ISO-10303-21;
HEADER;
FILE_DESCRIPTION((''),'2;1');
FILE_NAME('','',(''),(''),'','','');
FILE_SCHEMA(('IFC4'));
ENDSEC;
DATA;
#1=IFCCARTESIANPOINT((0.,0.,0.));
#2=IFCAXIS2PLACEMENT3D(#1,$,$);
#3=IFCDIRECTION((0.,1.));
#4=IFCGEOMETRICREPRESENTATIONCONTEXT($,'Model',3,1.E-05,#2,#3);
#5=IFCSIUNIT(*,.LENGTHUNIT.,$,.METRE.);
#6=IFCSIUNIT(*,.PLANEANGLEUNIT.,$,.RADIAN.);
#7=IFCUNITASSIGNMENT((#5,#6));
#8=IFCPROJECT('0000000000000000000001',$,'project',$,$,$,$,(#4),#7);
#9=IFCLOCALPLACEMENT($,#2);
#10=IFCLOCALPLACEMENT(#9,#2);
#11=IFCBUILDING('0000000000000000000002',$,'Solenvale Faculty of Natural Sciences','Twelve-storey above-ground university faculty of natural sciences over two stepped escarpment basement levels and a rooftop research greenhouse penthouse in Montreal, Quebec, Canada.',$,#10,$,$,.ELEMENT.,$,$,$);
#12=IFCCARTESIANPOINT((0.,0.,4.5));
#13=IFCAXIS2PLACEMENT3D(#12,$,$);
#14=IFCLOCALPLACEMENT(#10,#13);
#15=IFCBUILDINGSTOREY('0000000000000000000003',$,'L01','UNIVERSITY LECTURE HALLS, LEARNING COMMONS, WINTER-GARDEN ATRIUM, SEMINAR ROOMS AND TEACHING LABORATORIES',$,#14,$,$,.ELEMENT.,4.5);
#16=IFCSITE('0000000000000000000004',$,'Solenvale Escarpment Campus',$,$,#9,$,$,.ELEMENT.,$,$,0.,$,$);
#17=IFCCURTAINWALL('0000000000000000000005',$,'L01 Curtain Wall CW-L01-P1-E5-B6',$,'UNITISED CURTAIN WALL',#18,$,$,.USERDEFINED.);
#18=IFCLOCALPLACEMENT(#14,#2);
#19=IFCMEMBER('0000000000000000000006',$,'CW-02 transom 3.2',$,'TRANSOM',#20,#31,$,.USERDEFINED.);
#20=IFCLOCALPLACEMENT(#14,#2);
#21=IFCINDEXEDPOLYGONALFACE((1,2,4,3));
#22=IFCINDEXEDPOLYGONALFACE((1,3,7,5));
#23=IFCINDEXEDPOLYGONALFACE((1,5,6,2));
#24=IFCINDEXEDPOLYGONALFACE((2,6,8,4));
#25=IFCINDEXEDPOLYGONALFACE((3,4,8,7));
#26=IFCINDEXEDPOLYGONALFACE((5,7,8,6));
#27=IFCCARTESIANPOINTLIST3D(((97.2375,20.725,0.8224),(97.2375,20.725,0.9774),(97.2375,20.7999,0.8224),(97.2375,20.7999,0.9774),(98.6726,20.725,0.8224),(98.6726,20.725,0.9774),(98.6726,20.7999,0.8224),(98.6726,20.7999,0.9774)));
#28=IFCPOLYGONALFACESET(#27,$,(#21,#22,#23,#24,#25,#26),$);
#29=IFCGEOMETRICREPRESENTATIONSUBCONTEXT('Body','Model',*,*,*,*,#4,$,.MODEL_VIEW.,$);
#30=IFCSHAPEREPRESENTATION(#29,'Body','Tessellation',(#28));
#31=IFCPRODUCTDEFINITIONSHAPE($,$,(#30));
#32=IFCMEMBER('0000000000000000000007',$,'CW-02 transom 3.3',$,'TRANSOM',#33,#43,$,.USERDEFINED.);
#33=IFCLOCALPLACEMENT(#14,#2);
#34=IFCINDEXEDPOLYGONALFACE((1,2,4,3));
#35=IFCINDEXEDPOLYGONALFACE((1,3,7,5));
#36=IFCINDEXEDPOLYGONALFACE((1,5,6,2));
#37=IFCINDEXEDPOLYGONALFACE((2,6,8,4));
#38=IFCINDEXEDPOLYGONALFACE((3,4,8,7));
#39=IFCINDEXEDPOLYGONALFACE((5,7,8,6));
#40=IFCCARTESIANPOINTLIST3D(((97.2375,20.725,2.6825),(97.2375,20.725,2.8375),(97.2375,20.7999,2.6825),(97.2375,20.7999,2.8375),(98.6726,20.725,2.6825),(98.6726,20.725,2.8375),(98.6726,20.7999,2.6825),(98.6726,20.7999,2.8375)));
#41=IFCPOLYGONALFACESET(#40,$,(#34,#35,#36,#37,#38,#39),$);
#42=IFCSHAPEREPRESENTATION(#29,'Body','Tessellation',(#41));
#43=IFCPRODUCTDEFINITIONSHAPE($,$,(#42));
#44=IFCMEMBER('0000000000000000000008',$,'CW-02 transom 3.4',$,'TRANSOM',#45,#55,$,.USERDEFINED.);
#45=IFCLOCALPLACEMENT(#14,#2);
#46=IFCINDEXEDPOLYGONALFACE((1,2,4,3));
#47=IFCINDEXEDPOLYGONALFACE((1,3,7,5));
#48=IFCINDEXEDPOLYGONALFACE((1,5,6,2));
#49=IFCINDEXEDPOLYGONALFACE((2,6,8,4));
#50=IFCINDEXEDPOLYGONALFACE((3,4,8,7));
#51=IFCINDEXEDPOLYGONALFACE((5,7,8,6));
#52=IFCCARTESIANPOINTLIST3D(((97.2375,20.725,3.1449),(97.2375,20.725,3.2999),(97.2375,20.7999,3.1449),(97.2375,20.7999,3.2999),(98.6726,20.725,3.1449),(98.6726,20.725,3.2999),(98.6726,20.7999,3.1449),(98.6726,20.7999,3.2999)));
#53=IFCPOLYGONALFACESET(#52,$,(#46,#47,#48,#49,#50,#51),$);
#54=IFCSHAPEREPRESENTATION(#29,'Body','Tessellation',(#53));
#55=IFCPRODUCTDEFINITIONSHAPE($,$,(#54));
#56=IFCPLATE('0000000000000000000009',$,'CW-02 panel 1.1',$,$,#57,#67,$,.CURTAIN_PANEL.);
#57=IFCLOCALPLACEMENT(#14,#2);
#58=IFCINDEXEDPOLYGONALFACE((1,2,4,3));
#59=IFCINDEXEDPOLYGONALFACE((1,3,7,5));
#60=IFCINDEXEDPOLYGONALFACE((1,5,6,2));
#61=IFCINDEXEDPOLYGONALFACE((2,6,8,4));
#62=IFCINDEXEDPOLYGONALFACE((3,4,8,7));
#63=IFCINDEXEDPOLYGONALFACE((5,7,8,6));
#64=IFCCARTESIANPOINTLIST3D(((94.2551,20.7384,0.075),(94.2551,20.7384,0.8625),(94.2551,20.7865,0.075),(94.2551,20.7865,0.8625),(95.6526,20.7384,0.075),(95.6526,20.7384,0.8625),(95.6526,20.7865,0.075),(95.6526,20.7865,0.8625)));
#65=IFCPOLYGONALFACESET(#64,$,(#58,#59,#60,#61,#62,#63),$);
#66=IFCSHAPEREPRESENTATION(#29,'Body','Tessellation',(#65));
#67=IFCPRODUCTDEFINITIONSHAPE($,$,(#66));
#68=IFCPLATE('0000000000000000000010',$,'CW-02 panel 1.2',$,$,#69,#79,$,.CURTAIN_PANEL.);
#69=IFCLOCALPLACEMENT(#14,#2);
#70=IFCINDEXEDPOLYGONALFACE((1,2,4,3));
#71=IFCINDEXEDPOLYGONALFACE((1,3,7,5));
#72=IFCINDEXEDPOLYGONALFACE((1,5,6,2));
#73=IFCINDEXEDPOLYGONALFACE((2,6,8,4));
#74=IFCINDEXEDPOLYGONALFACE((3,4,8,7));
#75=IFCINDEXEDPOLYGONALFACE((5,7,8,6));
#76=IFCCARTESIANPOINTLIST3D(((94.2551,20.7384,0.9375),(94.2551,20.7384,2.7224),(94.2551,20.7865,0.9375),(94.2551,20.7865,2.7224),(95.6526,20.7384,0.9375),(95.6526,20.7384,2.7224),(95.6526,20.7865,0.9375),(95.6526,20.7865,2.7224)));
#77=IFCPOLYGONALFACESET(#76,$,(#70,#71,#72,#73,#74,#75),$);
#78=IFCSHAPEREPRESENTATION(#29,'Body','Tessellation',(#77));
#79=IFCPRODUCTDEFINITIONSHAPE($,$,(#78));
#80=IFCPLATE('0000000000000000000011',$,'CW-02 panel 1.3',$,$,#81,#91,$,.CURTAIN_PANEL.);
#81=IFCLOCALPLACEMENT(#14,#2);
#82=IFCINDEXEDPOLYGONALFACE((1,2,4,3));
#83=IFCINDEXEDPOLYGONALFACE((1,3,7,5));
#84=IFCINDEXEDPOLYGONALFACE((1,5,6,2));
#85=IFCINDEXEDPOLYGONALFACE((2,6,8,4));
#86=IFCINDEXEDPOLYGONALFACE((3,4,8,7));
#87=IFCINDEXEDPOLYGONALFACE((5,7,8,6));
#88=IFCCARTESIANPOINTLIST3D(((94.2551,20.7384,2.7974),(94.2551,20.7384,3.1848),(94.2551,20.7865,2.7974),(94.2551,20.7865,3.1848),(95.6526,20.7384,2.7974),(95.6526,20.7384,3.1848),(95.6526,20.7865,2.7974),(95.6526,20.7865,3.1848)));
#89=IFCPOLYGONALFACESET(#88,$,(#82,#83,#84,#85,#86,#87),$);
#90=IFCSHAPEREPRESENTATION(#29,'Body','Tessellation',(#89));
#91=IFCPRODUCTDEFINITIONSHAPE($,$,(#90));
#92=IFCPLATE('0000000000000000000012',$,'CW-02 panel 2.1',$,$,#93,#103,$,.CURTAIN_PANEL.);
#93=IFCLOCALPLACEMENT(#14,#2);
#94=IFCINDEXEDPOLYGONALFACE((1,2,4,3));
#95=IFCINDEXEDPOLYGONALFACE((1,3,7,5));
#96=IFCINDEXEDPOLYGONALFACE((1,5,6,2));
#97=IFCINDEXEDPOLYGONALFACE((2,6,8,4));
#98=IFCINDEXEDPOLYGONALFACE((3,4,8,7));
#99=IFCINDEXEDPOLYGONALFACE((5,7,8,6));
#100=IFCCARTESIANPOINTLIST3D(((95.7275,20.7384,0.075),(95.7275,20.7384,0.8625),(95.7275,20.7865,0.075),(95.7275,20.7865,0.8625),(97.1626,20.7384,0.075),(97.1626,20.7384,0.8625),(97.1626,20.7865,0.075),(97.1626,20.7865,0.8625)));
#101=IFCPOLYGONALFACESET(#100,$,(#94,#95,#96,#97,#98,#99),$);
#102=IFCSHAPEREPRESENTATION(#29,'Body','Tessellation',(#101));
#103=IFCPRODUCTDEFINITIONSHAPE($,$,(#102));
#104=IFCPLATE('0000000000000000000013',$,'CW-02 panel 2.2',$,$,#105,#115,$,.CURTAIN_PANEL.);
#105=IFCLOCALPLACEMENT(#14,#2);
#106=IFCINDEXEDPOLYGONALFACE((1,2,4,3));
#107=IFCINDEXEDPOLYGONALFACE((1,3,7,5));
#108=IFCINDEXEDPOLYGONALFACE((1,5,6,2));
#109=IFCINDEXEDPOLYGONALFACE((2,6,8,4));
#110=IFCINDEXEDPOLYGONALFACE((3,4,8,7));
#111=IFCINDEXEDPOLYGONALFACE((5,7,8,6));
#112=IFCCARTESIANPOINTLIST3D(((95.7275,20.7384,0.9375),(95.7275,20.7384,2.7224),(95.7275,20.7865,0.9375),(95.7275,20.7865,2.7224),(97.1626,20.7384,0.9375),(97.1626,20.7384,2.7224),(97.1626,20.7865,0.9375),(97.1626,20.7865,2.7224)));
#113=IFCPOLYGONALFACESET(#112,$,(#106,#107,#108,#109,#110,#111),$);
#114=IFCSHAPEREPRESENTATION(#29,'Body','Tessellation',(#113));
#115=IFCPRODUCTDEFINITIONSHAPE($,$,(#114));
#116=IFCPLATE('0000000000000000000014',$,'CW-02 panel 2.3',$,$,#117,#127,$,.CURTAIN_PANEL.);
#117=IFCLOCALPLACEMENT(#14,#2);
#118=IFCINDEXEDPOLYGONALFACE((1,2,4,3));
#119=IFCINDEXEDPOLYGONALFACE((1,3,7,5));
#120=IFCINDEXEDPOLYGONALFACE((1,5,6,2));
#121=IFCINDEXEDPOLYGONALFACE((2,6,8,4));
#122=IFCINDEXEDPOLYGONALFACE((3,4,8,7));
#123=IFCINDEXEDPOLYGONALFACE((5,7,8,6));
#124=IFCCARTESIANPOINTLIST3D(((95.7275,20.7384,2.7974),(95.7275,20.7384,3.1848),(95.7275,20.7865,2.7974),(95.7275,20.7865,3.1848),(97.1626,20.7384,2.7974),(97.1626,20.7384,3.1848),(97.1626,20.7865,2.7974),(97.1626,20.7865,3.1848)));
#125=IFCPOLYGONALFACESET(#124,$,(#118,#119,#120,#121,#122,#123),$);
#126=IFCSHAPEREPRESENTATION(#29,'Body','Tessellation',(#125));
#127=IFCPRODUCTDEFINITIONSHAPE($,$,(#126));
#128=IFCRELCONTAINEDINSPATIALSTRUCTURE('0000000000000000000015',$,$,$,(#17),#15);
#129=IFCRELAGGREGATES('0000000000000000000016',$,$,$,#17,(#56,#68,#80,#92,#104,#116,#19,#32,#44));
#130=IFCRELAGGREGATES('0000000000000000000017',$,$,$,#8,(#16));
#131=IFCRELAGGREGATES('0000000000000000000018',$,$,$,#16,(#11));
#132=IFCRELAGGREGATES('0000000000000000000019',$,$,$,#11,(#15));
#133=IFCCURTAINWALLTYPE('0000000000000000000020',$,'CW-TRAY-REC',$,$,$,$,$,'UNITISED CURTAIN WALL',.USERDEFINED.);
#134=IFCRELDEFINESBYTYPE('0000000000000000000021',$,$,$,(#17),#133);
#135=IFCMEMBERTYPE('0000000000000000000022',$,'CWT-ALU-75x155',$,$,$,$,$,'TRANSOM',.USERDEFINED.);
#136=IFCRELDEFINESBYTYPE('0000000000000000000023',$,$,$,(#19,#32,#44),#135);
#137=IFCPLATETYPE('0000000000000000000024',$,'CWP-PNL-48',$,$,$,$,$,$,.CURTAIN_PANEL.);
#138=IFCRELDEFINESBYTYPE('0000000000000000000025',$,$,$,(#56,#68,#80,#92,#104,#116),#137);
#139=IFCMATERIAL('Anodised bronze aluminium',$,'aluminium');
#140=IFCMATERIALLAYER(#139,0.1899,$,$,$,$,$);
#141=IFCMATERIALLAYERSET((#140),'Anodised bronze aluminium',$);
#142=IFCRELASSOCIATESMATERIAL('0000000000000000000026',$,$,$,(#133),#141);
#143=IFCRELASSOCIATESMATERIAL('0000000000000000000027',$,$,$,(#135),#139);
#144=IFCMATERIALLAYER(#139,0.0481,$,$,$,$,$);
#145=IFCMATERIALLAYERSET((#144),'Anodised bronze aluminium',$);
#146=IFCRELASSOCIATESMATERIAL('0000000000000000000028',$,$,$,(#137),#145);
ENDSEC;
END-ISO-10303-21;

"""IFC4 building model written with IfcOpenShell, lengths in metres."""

from ifc_helpers import new_model, si_unit, direction, frame, origin, origin_2d, place, context, subcontext, project, spatial, rectangle, extrude, material, layer, layer_set, material_profile, profile_set, type_object, element, aggregate, save


model = new_model("IFC4")

# Units and contexts
model_context = context("Model", 3, precision=1e-05, world=origin(), true_north=direction((0.0, 1.0)))
body_context = subcontext(model_context, "Body", "Model", "MODEL_VIEW")
ifc_project = project(units=[si_unit("LENGTHUNIT", "METRE"), si_unit("PLANEANGLEUNIT", "RADIAN")], contexts=[model_context])

# Site, building, storey
site_placement = place(None, origin())
site = spatial("IfcSite", under=ifc_project, at=site_placement, Name="Solenvale Escarpment Campus", CompositionType="ELEMENT", RefElevation=0.0)
building_placement = place(site_placement, origin())
building = spatial("IfcBuilding", under=site, at=building_placement, Name="Solenvale Faculty of Natural Sciences", Description="Twelve-storey above-ground university faculty of natural sciences over two stepped escarpment basement levels and a rooftop research greenhouse penthouse in Montreal, Quebec, Canada.", CompositionType="ELEMENT")
storey_placement = place(building_placement, frame((0.0, 0.0, 4.5)))
storey = spatial("IfcBuildingStorey", under=building, at=storey_placement, Name="L01", Description="UNIVERSITY LECTURE HALLS, LEARNING COMMONS, WINTER-GARDEN ATRIUM, SEMINAR ROOMS AND TEACHING LABORATORIES", CompositionType="ELEMENT", Elevation=4.5)

# Shared definitions
ifc_material_1 = material(Name="Anodised bronze aluminium", Category="aluminium")
ifc_layer_1 = layer(ifc_material_1, 0.1899)
ifc_layer_set_1 = layer_set([ifc_layer_1], Name="Anodised bronze aluminium")
curtain_wall_type = type_object("IfcCurtainWallType", Name="CW-TRAY-REC", ElementType="UNITISED CURTAIN WALL", PredefinedType="USERDEFINED", material=ifc_layer_set_1)

# Curtain wall, members, plates
curtain_wall_1_placement = place(storey_placement, origin())
curtain_wall_1 = element("IfcCurtainWall", 1, at=curtain_wall_1_placement, inside=storey, type_object=curtain_wall_type, Name="L01 Curtain Wall CW-L01-P1-E5-B6", ObjectType="UNITISED CURTAIN WALL", PredefinedType="USERDEFINED")
ifc_material_profile_1 = material_profile(ifc_material_1, rectangle(XDim=0.075, YDim=0.155, at=origin_2d()), Name="ALU-TRN-75x155")
ifc_profile_set_1 = profile_set([ifc_material_profile_1], Name="Anodised bronze aluminium")
member_type_1 = type_object("IfcMemberType", Name="CWT-ALU-75x155", ElementType="TRANSOM", PredefinedType="USERDEFINED", material=ifc_profile_set_1)
member_1_placement = place(storey_placement, frame((97.2375, 20.7625, 0.8999), z_axis=(1.0, 0.0, 0.0), x_axis=(0.0, 1.0, 0.0)))
member_1 = element("IfcMember", 2, at=member_1_placement, type_object=member_type_1, Name="CW-02 transom 3.2", ObjectType="TRANSOM", PredefinedType="USERDEFINED", context=body_context, shape_type="SweptSolid", body=[
    extrude(rectangle(XDim=0.075, YDim=0.155, at=origin_2d()), origin(), (0.0, 0.0, 1.0), 1.4351),
])
member_2_placement = place(storey_placement, frame((97.2375, 20.7625, 2.76), z_axis=(1.0, 0.0, 0.0), x_axis=(0.0, 1.0, 0.0)))
member_2 = element("IfcMember", 3, at=member_2_placement, type_object=member_type_1, Name="CW-02 transom 3.3", ObjectType="TRANSOM", PredefinedType="USERDEFINED", context=body_context, shape_type="SweptSolid", body=[
    extrude(rectangle(XDim=0.075, YDim=0.155, at=origin_2d()), origin(), (0.0, 0.0, 1.0), 1.4351),
])
member_3_placement = place(storey_placement, frame((97.2375, 20.7625, 3.2224), z_axis=(1.0, 0.0, 0.0), x_axis=(0.0, 1.0, 0.0)))
member_3 = element("IfcMember", 4, at=member_3_placement, type_object=member_type_1, Name="CW-02 transom 3.4", ObjectType="TRANSOM", PredefinedType="USERDEFINED", context=body_context, shape_type="SweptSolid", body=[
    extrude(rectangle(XDim=0.075, YDim=0.155, at=origin_2d()), origin(), (0.0, 0.0, 1.0), 1.4351),
])
ifc_layer_2 = layer(ifc_material_1, 0.0481)
ifc_layer_set_2 = layer_set([ifc_layer_2], Name="Anodised bronze aluminium")
plate_type = type_object("IfcPlateType", Name="CWP-PNL-48", PredefinedType="CURTAIN_PANEL", material=ifc_layer_set_2)
plate_1_placement = place(storey_placement, frame((94.9539, 20.7625, 0.075), z_axis=(0.0, 0.0, 1.0), x_axis=(1.0, 0.0, 0.0)))
plate_1 = element("IfcPlate", 5, at=plate_1_placement, type_object=plate_type, Name="CW-02 panel 1.1", PredefinedType="CURTAIN_PANEL", context=body_context, shape_type="SweptSolid", body=[
    extrude(rectangle(XDim=1.3975, YDim=0.0481, at=origin_2d()), origin(), (0.0, 0.0, 1.0), 0.7876),
])
plate_2_placement = place(storey_placement, frame((94.9539, 20.7625, 0.9375), z_axis=(0.0, 0.0, 1.0), x_axis=(1.0, 0.0, 0.0)))
plate_2 = element("IfcPlate", 6, at=plate_2_placement, type_object=plate_type, Name="CW-02 panel 1.2", PredefinedType="CURTAIN_PANEL", context=body_context, shape_type="SweptSolid", body=[
    extrude(rectangle(XDim=1.3975, YDim=0.0481, at=origin_2d()), origin(), (0.0, 0.0, 1.0), 1.7849),
])
plate_3_placement = place(storey_placement, frame((94.9539, 20.7625, 2.7974), z_axis=(0.0, 0.0, 1.0), x_axis=(1.0, 0.0, 0.0)))
plate_3 = element("IfcPlate", 7, at=plate_3_placement, type_object=plate_type, Name="CW-02 panel 1.3", PredefinedType="CURTAIN_PANEL", context=body_context, shape_type="SweptSolid", body=[
    extrude(rectangle(XDim=1.3975, YDim=0.0481, at=origin_2d()), origin(), (0.0, 0.0, 1.0), 0.3875),
])
plate_4_placement = place(storey_placement, frame((96.4451, 20.7625, 0.075), z_axis=(0.0, 0.0, 1.0), x_axis=(1.0, 0.0, 0.0)))
plate_4 = element("IfcPlate", 8, at=plate_4_placement, type_object=plate_type, Name="CW-02 panel 2.1", PredefinedType="CURTAIN_PANEL", context=body_context, shape_type="SweptSolid", body=[
    extrude(rectangle(XDim=1.4351, YDim=0.0481, at=origin_2d()), origin(), (0.0, 0.0, 1.0), 0.7876),
])
plate_5_placement = place(storey_placement, frame((96.4451, 20.7625, 0.9375), z_axis=(0.0, 0.0, 1.0), x_axis=(1.0, 0.0, 0.0)))
plate_5 = element("IfcPlate", 9, at=plate_5_placement, type_object=plate_type, Name="CW-02 panel 2.2", PredefinedType="CURTAIN_PANEL", context=body_context, shape_type="SweptSolid", body=[
    extrude(rectangle(XDim=1.4351, YDim=0.0481, at=origin_2d()), origin(), (0.0, 0.0, 1.0), 1.7849),
])
plate_6_placement = place(storey_placement, frame((96.4451, 20.7625, 2.7974), z_axis=(0.0, 0.0, 1.0), x_axis=(1.0, 0.0, 0.0)))
plate_6 = element("IfcPlate", 10, at=plate_6_placement, type_object=plate_type, Name="CW-02 panel 2.3", PredefinedType="CURTAIN_PANEL", context=body_context, shape_type="SweptSolid", body=[
    extrude(rectangle(XDim=1.4351, YDim=0.0481, at=origin_2d()), origin(), (0.0, 0.0, 1.0), 0.3875),
])
aggregate(curtain_wall_1, [plate_1, plate_2, plate_3, plate_4, plate_5, plate_6, member_1, member_2, member_3])

save(model, "model.ifc")
